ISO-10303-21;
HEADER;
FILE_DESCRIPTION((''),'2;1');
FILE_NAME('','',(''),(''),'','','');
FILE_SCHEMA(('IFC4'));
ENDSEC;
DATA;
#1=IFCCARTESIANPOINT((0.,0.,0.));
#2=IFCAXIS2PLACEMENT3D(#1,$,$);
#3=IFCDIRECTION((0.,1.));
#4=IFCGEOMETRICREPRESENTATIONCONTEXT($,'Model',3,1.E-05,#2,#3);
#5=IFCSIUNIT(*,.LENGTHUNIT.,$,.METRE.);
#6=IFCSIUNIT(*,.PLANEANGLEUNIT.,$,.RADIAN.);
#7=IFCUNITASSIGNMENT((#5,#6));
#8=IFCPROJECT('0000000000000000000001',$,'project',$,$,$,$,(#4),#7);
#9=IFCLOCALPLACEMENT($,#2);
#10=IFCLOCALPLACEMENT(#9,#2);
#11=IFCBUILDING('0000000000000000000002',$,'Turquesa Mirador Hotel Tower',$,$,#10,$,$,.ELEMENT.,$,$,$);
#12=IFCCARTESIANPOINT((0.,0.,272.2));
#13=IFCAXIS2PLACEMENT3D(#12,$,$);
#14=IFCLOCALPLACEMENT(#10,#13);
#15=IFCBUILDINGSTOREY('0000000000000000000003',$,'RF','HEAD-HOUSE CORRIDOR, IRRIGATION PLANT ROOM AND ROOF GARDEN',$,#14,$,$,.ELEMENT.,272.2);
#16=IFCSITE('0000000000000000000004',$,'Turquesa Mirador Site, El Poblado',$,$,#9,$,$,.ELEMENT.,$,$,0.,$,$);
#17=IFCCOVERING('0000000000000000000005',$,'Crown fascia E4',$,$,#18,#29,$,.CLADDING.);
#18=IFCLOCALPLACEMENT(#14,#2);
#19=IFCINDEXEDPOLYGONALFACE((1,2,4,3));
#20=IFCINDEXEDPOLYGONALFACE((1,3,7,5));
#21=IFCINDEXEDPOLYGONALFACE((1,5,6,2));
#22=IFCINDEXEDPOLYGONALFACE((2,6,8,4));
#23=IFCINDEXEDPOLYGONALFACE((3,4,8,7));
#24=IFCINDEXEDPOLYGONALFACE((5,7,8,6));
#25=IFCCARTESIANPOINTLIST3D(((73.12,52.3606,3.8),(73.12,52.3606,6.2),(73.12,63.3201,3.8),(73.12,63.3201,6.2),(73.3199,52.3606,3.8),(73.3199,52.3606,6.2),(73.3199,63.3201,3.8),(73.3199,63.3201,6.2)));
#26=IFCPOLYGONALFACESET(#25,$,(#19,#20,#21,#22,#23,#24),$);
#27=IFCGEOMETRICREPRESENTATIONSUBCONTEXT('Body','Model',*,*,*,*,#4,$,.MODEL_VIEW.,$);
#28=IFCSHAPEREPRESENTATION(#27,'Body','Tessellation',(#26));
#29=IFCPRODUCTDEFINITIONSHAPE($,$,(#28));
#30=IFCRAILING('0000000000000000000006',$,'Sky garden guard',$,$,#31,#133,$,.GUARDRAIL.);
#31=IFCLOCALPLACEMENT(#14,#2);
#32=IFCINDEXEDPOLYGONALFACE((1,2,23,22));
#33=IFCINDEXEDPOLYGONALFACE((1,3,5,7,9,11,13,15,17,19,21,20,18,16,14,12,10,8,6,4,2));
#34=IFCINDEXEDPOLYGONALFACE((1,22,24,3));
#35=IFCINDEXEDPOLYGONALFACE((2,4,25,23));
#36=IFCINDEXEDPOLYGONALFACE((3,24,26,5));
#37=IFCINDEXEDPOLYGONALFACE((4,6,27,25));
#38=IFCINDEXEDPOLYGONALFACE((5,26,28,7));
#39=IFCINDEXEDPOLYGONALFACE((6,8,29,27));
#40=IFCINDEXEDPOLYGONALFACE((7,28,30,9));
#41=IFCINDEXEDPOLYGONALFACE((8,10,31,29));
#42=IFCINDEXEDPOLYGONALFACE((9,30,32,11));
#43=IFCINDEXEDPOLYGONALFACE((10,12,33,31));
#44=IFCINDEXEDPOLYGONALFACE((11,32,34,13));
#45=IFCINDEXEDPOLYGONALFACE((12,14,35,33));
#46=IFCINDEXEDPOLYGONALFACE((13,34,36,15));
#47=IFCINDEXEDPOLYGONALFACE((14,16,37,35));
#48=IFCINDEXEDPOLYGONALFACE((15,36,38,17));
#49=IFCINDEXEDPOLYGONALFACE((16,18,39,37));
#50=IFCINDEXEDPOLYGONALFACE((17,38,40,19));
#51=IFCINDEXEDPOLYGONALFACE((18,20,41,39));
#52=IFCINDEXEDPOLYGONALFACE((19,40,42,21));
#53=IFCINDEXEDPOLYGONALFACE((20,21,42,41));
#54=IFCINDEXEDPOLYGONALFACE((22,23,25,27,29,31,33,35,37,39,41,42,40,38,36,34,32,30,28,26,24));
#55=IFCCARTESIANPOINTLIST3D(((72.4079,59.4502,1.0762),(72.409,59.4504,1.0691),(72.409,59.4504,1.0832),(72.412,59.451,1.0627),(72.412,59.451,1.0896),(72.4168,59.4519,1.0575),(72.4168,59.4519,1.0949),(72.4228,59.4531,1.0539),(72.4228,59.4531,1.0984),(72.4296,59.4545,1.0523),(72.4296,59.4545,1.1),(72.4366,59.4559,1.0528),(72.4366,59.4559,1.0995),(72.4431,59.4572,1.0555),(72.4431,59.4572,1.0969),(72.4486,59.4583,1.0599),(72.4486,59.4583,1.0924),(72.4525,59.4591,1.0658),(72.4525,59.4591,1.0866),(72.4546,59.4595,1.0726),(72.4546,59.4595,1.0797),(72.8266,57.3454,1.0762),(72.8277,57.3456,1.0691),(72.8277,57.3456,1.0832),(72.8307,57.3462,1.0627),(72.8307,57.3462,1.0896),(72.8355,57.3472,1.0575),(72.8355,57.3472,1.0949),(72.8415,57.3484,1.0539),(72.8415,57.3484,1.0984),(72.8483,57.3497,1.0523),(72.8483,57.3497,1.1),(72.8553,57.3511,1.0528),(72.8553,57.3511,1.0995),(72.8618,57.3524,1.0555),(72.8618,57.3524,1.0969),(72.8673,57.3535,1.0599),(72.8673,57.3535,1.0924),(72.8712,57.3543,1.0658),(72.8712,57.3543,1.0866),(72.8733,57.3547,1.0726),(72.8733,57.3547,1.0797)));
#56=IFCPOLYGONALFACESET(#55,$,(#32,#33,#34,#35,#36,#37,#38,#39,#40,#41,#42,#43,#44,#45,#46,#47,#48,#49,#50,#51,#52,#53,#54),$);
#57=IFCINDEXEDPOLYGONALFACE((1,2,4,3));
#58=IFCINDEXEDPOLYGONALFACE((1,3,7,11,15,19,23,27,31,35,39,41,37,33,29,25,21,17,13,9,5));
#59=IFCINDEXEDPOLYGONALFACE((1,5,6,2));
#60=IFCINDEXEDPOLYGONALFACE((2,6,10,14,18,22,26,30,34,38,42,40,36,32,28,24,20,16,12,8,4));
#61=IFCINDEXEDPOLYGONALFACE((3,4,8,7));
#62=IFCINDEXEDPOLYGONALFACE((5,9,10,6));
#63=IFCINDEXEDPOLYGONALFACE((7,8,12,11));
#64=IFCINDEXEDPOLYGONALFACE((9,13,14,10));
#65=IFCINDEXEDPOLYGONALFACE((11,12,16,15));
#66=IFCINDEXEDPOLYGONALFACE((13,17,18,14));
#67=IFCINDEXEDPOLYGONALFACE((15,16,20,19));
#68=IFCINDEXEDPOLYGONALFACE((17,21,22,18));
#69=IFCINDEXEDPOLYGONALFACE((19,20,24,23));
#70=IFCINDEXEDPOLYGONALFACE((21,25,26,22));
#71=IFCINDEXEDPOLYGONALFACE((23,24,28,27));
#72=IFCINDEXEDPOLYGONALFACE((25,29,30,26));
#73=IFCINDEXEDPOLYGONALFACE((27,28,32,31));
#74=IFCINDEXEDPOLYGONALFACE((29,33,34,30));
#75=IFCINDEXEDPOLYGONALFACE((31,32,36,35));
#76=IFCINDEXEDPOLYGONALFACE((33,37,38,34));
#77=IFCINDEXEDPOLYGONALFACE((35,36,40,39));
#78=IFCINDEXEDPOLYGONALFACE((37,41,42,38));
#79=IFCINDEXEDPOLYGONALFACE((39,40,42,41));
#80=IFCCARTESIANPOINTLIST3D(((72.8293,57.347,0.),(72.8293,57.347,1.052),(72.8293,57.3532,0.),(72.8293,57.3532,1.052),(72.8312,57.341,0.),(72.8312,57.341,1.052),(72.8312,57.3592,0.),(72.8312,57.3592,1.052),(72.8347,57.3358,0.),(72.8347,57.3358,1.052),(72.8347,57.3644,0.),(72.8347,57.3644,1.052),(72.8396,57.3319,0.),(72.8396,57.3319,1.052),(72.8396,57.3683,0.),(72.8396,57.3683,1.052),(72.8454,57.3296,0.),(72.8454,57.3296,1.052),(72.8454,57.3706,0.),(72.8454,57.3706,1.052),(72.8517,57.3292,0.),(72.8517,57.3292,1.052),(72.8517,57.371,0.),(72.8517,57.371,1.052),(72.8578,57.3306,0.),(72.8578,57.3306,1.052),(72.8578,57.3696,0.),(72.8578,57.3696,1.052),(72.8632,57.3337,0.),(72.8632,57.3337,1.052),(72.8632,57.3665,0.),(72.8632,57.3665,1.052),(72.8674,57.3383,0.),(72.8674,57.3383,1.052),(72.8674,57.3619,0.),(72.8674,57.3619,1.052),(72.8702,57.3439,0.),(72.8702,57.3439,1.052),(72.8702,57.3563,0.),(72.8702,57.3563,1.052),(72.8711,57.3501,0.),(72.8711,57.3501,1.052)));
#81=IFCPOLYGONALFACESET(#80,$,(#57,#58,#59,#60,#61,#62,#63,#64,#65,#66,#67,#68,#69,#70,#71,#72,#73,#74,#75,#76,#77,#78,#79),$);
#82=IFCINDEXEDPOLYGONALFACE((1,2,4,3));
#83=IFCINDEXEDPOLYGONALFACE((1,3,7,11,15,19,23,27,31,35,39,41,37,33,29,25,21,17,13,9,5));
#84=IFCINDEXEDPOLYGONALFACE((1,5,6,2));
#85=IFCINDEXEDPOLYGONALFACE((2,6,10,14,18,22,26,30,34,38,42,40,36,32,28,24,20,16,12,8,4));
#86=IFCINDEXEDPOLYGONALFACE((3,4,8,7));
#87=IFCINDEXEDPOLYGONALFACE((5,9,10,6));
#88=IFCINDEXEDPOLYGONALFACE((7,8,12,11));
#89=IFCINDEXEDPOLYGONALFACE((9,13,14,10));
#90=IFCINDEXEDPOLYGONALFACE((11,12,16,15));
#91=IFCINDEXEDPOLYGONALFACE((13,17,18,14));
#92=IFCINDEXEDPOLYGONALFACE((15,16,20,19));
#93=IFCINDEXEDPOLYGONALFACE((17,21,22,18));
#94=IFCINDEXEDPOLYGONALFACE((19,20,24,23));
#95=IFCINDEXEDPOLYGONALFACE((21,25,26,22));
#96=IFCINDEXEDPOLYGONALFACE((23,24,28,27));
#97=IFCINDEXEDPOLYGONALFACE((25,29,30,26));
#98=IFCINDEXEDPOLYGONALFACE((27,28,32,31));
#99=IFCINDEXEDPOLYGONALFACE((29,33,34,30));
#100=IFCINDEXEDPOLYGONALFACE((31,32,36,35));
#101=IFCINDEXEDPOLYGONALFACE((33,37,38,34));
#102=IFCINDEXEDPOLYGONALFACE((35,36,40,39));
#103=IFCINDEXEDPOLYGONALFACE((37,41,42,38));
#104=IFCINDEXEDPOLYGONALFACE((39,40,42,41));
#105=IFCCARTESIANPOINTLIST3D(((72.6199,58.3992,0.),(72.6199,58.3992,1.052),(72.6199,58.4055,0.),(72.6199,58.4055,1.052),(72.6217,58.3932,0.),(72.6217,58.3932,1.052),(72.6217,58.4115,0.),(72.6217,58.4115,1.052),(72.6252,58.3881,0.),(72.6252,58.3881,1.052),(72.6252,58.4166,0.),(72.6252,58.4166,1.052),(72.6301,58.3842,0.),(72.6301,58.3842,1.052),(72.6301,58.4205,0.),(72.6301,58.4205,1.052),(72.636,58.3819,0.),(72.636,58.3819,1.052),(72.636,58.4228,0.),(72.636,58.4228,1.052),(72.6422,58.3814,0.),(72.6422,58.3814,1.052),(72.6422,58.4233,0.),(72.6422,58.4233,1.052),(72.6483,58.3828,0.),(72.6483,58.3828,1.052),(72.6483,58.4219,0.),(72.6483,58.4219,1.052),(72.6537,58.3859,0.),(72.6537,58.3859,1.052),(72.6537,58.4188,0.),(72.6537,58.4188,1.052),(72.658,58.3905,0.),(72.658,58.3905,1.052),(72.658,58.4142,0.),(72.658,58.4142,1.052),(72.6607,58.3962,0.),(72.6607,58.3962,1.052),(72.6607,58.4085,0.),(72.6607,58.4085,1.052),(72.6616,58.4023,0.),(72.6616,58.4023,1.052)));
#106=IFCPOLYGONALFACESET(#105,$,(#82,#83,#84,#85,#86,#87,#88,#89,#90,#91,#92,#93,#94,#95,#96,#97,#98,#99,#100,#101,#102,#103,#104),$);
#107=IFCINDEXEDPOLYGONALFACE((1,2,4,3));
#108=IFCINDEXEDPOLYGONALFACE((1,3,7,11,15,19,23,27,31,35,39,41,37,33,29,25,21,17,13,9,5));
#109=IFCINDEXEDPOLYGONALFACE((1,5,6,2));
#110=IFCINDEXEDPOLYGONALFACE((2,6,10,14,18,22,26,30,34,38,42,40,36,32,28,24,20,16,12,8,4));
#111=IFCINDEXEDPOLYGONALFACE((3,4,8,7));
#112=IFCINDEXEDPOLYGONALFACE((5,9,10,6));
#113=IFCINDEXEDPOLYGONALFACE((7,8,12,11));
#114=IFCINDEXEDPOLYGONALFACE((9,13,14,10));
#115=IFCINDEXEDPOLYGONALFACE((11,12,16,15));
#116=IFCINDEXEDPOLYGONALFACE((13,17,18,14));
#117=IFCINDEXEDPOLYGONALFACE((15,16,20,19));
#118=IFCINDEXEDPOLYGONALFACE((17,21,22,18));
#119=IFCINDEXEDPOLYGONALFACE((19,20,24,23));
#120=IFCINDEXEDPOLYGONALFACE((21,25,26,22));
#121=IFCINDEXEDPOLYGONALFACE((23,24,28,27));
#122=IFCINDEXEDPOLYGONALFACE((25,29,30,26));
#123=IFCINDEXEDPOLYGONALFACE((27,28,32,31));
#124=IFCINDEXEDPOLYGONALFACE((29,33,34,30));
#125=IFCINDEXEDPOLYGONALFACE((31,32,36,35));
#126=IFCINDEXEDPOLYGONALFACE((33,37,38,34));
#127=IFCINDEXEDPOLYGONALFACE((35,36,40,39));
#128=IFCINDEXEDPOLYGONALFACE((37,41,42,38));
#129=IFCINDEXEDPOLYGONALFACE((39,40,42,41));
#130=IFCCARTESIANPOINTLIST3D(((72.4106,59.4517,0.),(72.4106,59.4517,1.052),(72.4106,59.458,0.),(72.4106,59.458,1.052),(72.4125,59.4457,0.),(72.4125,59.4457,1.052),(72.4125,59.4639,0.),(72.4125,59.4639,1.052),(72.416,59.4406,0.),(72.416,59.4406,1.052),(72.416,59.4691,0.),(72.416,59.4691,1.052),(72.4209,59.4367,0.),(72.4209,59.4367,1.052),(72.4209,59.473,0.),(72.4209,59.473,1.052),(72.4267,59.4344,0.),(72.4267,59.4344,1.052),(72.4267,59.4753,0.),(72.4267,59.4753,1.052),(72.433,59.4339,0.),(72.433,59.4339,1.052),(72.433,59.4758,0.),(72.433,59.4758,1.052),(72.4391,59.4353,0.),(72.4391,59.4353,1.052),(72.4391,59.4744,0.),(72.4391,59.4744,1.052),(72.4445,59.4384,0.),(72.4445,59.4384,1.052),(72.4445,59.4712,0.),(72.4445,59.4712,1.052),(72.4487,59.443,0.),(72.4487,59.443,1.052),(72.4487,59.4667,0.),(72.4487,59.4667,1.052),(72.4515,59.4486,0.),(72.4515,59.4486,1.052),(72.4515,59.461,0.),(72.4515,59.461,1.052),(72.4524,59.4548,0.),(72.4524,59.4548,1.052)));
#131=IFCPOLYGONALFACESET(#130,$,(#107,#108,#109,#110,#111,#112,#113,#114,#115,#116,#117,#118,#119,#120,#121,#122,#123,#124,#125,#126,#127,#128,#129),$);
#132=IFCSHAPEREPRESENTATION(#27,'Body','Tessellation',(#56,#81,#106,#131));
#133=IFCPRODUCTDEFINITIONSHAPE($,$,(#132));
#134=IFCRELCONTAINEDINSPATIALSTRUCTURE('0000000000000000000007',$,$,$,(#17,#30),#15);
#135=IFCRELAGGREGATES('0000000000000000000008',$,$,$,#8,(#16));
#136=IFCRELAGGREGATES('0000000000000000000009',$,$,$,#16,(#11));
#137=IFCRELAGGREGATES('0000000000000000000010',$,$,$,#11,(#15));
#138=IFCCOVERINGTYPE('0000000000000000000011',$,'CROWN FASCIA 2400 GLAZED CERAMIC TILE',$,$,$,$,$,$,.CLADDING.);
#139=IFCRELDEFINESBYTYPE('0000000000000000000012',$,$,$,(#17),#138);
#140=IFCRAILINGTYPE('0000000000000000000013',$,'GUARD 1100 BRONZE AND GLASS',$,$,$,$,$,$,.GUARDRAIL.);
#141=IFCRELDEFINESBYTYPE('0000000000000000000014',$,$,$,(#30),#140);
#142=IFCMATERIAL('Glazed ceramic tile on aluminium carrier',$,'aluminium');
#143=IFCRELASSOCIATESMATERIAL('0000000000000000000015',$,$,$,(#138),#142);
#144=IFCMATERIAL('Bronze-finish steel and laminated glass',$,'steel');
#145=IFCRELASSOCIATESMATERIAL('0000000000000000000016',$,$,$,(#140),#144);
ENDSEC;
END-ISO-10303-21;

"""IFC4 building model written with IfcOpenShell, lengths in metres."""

from ifc_helpers import new_model, si_unit, direction, frame, origin, origin_2d, place, context, subcontext, project, spatial, rectangle, circle, extrude, material, type_object, element, save


model = new_model("IFC4")

# Units and contexts
model_context = context("Model", 3, precision=1e-05, world=origin(), true_north=direction((0.0, 1.0)))
body_context = subcontext(model_context, "Body", "Model", "MODEL_VIEW")
ifc_project = project(units=[si_unit("LENGTHUNIT", "METRE"), si_unit("PLANEANGLEUNIT", "RADIAN")], contexts=[model_context])

# Site, building, storey
site_placement = place(None, origin())
site = spatial("IfcSite", under=ifc_project, at=site_placement, Name="Turquesa Mirador Site, El Poblado", CompositionType="ELEMENT", RefElevation=0.0)
building_placement = place(site_placement, origin())
building = spatial("IfcBuilding", under=site, at=building_placement, Name="Turquesa Mirador Hotel Tower", CompositionType="ELEMENT")
storey_placement = place(building_placement, frame((0.0, 0.0, 272.2)))
storey = spatial("IfcBuildingStorey", under=building, at=storey_placement, Name="RF", Description="HEAD-HOUSE CORRIDOR, IRRIGATION PLANT ROOM AND ROOF GARDEN", CompositionType="ELEMENT", Elevation=272.2)

# Covering
ifc_material_1 = material(Name="Glazed ceramic tile on aluminium carrier", Category="aluminium")
covering_type_1 = type_object("IfcCoveringType", Name="CROWN FASCIA 2400 GLAZED CERAMIC TILE", PredefinedType="CLADDING", material=ifc_material_1)
covering_1_placement = place(storey_placement, frame((73.22, 57.8403, 3.8), z_axis=(0.0, 0.0, 1.0), x_axis=(1.0, 0.0, 0.0)))
element("IfcCovering", 1, at=covering_1_placement, inside=storey, type_object=covering_type_1, Name="Crown fascia E4", PredefinedType="CLADDING", context=body_context, shape_type="SweptSolid", body=[
    extrude(rectangle(XDim=0.2, YDim=10.9595, at=origin_2d()), origin(), (0.0, 0.0, 1.0), 2.3999),
])

# Railing
ifc_material_2 = material(Name="Bronze-finish steel and laminated glass", Category="steel")
railing_type = type_object("IfcRailingType", Name="GUARD 1100 BRONZE AND GLASS", PredefinedType="GUARDRAIL", material=ifc_material_2)
railing_1_placement = place(storey_placement, frame((72.8501, 57.3501, 0.0)))
element("IfcRailing", 2, at=railing_1_placement, inside=storey, type_object=railing_type, Name="Sky garden guard", PredefinedType="GUARDRAIL", context=body_context, shape_type="SweptSolid", body=[
    extrude(circle(Radius=0.0239, at=origin_2d()), frame((0.0, 0.0, 1.0762), z_axis=(-0.19511, 0.980781, 0.0), x_axis=(-0.980781, -0.19511, 0.0)), (0.0, 0.0, 1.0), 2.146),
    extrude(circle(Radius=0.021, at=origin_2d()), origin(), (0.0, 0.0, 1.0), 1.052),
    extrude(circle(Radius=0.021, at=origin_2d()), frame((-0.2095, 1.0522, 0.0)), (0.0, 0.0, 1.0), 1.052),
    extrude(circle(Radius=0.021, at=origin_2d()), frame((-0.4187, 2.1047, 0.0)), (0.0, 0.0, 1.0), 1.052),
])

save(model, "model.ifc")
